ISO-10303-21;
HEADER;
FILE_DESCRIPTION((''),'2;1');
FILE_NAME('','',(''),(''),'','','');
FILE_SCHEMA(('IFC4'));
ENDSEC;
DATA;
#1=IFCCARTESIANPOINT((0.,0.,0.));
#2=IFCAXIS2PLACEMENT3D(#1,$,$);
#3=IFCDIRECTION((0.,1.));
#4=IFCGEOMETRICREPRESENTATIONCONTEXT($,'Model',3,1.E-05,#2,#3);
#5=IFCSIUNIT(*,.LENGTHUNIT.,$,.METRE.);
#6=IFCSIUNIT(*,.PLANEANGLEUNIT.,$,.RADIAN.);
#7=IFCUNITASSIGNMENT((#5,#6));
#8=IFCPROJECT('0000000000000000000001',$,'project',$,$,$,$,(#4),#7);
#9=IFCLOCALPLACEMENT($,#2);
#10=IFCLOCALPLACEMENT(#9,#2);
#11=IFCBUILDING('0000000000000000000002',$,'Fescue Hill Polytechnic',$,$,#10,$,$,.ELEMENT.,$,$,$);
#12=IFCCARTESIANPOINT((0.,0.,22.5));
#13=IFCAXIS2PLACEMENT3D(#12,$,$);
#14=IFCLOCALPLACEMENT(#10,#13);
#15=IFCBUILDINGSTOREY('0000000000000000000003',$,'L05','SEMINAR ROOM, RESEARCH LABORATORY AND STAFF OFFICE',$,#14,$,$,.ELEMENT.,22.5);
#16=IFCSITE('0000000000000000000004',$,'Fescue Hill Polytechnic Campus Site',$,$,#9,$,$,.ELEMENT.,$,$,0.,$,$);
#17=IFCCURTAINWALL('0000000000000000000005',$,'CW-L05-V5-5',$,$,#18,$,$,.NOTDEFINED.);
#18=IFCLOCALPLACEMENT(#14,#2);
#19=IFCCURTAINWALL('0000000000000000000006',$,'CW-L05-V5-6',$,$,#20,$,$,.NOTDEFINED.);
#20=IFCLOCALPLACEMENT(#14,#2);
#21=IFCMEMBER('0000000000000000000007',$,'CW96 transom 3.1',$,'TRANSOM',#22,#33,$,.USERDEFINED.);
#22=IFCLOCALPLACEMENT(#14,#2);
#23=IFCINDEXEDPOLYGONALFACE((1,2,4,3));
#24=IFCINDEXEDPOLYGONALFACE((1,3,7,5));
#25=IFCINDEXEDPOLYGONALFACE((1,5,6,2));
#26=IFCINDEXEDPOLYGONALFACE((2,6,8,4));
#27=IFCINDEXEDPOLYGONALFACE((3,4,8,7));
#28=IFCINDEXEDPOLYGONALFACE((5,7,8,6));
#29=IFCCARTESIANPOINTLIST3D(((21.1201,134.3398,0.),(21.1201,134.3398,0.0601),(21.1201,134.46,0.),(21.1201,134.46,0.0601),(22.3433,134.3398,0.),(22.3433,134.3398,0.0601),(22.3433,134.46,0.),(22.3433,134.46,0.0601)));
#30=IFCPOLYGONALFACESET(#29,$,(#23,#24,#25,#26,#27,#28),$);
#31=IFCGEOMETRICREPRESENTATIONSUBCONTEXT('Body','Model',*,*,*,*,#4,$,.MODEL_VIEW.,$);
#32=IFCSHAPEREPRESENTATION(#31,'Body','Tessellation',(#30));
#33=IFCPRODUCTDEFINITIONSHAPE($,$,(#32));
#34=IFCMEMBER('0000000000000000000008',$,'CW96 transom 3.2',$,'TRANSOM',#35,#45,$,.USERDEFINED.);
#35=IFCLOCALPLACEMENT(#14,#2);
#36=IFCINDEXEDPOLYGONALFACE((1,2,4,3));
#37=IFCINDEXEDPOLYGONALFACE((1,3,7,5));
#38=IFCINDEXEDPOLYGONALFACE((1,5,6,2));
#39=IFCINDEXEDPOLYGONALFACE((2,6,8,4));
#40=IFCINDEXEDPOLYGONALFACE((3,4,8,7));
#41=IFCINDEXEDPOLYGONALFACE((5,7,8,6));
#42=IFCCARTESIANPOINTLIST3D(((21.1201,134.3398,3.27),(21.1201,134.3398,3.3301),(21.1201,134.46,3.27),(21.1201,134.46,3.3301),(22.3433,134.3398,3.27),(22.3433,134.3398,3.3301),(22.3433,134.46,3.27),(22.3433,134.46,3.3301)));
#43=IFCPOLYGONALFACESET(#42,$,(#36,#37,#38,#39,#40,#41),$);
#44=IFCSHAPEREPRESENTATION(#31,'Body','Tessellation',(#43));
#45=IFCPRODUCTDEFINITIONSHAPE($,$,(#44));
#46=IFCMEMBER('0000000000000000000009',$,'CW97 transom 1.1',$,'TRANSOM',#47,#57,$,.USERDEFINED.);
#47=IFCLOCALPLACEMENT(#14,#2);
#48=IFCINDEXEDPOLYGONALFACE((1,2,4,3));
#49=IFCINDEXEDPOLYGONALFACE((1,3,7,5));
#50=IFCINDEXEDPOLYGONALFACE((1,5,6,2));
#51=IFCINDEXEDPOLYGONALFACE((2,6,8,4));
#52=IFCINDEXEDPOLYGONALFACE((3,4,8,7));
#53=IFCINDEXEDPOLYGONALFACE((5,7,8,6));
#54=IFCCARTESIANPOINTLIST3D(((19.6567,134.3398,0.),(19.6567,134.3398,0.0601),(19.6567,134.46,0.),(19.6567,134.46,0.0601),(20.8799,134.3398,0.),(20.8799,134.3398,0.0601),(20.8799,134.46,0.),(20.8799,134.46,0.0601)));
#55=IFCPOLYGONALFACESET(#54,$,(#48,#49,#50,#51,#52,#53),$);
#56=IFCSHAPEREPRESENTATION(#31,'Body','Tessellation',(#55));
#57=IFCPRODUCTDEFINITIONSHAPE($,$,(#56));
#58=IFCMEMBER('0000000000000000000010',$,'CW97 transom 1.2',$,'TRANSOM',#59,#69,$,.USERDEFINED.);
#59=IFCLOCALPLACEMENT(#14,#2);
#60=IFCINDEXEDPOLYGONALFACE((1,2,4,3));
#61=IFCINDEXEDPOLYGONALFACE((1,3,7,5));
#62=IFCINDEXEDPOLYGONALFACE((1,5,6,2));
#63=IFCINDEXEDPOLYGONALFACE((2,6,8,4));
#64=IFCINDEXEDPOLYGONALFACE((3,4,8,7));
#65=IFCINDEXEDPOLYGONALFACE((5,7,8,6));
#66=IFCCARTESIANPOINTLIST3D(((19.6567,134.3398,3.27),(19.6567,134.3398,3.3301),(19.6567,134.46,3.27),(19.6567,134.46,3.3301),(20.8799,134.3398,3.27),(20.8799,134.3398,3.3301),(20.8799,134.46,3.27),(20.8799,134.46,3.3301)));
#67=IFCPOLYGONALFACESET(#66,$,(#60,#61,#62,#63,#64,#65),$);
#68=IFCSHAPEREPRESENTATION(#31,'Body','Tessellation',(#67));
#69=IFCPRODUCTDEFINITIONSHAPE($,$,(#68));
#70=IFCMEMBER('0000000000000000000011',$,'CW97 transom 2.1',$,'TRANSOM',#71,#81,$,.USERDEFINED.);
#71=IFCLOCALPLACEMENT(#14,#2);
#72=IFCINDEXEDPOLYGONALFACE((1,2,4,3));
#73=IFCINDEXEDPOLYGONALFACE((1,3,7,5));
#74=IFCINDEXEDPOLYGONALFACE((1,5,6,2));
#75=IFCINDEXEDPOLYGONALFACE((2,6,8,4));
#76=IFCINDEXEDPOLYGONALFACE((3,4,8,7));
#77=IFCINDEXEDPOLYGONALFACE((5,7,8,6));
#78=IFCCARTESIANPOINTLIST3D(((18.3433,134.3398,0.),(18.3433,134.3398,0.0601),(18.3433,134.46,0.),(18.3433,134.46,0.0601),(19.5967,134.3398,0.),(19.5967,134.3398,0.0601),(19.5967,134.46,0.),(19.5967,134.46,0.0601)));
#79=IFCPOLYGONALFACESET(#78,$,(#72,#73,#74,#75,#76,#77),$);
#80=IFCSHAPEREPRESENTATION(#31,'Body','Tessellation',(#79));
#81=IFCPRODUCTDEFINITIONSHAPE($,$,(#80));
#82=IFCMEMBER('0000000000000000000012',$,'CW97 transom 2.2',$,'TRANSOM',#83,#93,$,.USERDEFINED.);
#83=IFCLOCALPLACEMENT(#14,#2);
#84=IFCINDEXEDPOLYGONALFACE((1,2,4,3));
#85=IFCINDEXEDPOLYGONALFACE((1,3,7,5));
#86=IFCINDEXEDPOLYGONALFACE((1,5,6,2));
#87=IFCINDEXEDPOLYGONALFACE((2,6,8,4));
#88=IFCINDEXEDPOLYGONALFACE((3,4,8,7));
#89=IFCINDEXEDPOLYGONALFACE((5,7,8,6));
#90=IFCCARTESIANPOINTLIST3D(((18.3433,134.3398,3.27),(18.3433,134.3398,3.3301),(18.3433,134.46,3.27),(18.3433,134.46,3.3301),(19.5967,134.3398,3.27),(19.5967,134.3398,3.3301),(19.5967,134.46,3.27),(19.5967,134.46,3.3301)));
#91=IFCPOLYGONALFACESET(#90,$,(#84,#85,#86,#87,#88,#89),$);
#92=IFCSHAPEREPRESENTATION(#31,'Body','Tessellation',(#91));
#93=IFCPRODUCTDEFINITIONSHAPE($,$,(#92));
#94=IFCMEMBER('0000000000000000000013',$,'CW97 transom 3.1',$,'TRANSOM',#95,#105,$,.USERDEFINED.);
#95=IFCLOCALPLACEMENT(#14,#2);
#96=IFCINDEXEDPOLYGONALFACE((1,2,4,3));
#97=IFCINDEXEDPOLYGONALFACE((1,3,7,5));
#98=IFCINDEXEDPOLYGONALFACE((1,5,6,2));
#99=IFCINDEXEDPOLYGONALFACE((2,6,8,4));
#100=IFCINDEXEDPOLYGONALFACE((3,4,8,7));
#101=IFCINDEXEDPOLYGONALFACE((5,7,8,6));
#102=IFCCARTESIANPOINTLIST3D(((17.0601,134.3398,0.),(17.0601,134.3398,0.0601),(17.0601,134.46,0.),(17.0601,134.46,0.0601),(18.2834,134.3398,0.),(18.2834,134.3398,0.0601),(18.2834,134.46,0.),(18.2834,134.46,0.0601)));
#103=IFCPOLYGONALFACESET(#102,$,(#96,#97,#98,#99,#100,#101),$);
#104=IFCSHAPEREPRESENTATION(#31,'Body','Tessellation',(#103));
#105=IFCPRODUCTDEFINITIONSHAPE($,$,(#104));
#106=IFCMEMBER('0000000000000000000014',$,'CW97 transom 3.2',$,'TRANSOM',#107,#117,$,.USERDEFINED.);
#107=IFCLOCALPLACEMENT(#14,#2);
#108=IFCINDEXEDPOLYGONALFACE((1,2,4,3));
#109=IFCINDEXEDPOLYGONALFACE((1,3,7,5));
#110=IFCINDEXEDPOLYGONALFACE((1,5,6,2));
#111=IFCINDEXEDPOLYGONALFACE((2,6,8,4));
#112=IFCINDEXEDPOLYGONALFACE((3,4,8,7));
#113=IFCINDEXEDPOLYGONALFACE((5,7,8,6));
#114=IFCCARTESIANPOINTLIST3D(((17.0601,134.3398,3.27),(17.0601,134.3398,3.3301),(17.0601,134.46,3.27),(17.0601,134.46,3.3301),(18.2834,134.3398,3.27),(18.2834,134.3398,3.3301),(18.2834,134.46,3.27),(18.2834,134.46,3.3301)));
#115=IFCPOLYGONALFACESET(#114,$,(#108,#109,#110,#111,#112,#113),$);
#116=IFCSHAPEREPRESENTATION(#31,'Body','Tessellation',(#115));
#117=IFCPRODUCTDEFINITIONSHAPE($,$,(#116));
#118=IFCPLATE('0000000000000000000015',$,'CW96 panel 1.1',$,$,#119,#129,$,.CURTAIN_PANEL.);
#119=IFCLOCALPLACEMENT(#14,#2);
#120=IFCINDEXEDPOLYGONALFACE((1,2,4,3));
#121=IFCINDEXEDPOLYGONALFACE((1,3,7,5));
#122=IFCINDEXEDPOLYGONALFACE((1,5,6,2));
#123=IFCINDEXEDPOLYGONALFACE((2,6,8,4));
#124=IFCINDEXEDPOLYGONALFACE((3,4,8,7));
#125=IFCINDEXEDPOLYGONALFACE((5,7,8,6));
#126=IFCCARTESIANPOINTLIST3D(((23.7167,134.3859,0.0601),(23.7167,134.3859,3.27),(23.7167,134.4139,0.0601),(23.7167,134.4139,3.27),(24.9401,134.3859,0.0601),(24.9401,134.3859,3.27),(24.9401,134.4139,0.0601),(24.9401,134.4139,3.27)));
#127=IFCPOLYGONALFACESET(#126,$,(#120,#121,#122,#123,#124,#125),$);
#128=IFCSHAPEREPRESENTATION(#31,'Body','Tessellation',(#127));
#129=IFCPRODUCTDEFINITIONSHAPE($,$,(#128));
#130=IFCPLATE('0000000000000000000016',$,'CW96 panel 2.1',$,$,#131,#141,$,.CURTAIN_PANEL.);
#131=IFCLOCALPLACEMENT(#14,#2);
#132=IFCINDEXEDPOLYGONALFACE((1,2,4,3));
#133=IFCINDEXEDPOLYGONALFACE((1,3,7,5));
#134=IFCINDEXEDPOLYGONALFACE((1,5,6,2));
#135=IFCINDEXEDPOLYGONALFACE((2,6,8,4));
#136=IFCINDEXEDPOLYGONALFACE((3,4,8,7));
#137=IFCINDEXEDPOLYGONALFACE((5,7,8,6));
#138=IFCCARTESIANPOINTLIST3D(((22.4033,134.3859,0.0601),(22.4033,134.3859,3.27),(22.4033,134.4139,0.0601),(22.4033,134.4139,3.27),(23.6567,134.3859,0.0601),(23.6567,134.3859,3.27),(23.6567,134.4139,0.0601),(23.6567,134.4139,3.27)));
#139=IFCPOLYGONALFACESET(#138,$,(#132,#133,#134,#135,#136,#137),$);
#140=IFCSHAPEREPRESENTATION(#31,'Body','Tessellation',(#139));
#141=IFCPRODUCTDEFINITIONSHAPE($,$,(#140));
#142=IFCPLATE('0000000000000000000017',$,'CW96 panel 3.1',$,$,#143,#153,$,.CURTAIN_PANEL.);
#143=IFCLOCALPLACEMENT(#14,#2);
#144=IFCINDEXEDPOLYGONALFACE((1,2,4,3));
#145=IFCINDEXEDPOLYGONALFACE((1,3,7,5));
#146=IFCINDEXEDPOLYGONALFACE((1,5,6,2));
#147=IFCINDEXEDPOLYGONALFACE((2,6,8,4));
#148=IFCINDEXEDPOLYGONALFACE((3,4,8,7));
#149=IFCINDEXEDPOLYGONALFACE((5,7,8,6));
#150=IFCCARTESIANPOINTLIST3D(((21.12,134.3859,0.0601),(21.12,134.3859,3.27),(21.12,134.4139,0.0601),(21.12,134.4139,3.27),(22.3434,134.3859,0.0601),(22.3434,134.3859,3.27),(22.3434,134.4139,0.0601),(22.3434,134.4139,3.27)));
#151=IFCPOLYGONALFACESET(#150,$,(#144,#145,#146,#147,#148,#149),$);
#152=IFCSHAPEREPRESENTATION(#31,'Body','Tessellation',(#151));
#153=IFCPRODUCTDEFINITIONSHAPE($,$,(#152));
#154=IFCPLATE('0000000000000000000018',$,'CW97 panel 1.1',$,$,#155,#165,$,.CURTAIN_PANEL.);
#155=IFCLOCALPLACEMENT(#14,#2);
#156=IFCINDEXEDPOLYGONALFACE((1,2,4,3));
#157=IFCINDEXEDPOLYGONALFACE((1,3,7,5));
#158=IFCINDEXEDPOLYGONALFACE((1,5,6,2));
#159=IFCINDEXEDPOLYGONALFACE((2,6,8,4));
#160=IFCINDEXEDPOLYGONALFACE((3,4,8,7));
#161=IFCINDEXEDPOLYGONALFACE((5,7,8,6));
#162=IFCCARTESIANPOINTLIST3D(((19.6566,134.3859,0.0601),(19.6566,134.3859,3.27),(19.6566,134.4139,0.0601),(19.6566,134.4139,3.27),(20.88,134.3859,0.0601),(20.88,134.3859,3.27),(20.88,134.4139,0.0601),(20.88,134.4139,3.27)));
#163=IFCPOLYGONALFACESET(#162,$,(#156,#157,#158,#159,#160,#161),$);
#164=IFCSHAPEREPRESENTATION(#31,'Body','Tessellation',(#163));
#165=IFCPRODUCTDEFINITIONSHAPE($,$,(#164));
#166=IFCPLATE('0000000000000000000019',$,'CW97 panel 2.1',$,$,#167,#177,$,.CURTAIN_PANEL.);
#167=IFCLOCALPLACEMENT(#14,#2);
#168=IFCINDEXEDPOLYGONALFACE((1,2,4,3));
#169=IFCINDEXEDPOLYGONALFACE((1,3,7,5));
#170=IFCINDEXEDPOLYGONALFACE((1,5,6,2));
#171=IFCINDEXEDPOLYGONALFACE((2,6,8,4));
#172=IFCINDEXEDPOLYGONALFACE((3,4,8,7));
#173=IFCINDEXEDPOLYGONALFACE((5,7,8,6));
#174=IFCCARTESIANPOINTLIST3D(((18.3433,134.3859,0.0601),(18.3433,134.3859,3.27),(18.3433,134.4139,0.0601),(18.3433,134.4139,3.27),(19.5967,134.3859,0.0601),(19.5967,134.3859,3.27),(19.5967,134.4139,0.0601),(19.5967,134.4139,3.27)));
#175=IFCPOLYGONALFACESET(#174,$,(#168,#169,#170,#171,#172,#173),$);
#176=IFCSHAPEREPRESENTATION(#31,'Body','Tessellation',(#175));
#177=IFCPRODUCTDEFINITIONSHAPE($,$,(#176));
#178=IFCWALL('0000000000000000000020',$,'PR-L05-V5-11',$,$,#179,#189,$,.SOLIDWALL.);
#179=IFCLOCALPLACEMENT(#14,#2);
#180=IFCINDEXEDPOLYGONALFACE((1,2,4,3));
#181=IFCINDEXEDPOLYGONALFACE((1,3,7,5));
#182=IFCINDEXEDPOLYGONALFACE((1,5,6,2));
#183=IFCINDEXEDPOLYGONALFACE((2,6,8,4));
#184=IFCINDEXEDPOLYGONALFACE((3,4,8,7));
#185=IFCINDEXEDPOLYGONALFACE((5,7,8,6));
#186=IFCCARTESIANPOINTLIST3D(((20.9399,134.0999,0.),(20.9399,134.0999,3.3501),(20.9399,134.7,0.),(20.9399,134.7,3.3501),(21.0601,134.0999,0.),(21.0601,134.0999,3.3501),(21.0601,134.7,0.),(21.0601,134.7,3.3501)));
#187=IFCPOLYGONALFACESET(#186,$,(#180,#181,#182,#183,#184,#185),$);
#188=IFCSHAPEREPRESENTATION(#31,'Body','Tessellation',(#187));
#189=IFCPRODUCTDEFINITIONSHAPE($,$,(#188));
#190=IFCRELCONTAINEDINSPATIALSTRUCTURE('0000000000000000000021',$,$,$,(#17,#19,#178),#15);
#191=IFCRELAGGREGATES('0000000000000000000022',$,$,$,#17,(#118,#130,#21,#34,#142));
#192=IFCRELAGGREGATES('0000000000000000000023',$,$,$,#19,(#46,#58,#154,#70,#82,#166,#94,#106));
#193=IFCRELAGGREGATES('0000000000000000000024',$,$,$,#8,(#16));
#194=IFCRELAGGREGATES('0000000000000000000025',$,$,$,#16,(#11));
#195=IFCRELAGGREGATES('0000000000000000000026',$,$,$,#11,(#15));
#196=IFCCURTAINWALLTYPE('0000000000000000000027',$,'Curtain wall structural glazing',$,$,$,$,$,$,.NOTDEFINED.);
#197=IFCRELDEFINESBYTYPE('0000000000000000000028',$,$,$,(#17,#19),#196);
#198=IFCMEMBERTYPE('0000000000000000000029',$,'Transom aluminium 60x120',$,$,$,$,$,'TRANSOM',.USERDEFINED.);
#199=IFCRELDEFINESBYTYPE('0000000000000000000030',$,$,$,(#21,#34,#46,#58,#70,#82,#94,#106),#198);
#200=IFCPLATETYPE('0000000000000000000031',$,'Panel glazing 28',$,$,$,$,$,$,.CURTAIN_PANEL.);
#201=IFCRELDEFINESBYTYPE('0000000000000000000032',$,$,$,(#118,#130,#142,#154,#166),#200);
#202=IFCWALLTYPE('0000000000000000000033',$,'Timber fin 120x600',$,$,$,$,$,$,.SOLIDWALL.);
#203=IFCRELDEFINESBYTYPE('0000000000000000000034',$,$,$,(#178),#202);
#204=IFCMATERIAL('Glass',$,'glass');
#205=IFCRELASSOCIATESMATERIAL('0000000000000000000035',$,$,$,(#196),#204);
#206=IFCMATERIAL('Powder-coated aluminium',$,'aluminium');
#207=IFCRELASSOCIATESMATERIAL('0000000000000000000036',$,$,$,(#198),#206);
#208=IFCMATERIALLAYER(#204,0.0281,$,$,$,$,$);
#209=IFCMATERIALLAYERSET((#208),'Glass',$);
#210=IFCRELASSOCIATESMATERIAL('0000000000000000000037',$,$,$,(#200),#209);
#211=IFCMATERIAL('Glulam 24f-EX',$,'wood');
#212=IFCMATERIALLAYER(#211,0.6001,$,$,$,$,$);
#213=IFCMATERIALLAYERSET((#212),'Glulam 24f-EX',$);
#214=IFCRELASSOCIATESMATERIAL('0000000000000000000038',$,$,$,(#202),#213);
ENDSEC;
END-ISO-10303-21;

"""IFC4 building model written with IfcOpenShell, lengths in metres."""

from ifc_helpers import new_model, si_unit, direction, frame, frame_2d, origin, origin_2d, place, context, subcontext, project, spatial, rectangle, extrude, material, layer, layer_set, material_profile, profile_set, type_object, element, aggregate, save


model = new_model("IFC4")

# Units and contexts
model_context = context("Model", 3, precision=1e-05, world=origin(), true_north=direction((0.0, 1.0)))
body_context = subcontext(model_context, "Body", "Model", "MODEL_VIEW")
ifc_project = project(units=[si_unit("LENGTHUNIT", "METRE"), si_unit("PLANEANGLEUNIT", "RADIAN")], contexts=[model_context])

# Site, building, storey
site_placement = place(None, origin())
site = spatial("IfcSite", under=ifc_project, at=site_placement, Name="Fescue Hill Polytechnic Campus Site", CompositionType="ELEMENT", RefElevation=0.0)
building_placement = place(site_placement, origin())
building = spatial("IfcBuilding", under=site, at=building_placement, Name="Fescue Hill Polytechnic", CompositionType="ELEMENT")
storey_placement = place(building_placement, frame((0.0, 0.0, 22.5)))
storey = spatial("IfcBuildingStorey", under=building, at=storey_placement, Name="L05", Description="SEMINAR ROOM, RESEARCH LABORATORY AND STAFF OFFICE", CompositionType="ELEMENT", Elevation=22.5)

# Curtain walls
ifc_material_1 = material(Name="Glass", Category="glass")
curtain_wall_type = type_object("IfcCurtainWallType", Name="Curtain wall structural glazing", PredefinedType="NOTDEFINED", material=ifc_material_1)
curtain_wall_1_placement = place(storey_placement, origin())
curtain_wall_1 = element("IfcCurtainWall", 1, at=curtain_wall_1_placement, inside=storey, type_object=curtain_wall_type, Name="CW-L05-V5-5", PredefinedType="NOTDEFINED")
ifc_material_2 = material(Name="Powder-coated aluminium", Category="aluminium")
curtain_wall_2_placement = place(storey_placement, origin())
curtain_wall_2 = element("IfcCurtainWall", 2, at=curtain_wall_2_placement, inside=storey, type_object=curtain_wall_type, Name="CW-L05-V5-6", PredefinedType="NOTDEFINED")

# Members
ifc_material_profile_1 = material_profile(ifc_material_2, rectangle(XDim=0.1201, YDim=0.0601, at=origin_2d()), Name="Transom aluminium 60x120")
ifc_profile_set_1 = profile_set([ifc_material_profile_1], Name="Powder-coated aluminium")
member_type_1 = type_object("IfcMemberType", Name="Transom aluminium 60x120", ElementType="TRANSOM", PredefinedType="USERDEFINED", material=ifc_profile_set_1)
member_1_placement = place(storey_placement, frame((22.3433, 134.3999, 0.03), z_axis=(-1.0, 0.0, 0.0), x_axis=(0.0, -1.0, 0.0)))
member_1 = element("IfcMember", 3, at=member_1_placement, type_object=member_type_1, Name="CW96 transom 3.1", ObjectType="TRANSOM", PredefinedType="USERDEFINED", context=body_context, shape_type="SweptSolid", body=[
    extrude(rectangle(XDim=0.1201, YDim=0.0601, at=origin_2d()), origin(), (0.0, 0.0, 1.0), 1.2231),
])
member_2_placement = place(storey_placement, frame((22.3433, 134.3999, 3.3), z_axis=(-1.0, 0.0, 0.0), x_axis=(0.0, -1.0, 0.0)))
member_2 = element("IfcMember", 4, at=member_2_placement, type_object=member_type_1, Name="CW96 transom 3.2", ObjectType="TRANSOM", PredefinedType="USERDEFINED", context=body_context, shape_type="SweptSolid", body=[
    extrude(rectangle(XDim=0.1201, YDim=0.0601, at=origin_2d()), origin(), (0.0, 0.0, 1.0), 1.2231),
])
member_3_placement = place(storey_placement, frame((20.8799, 134.3999, 0.03), z_axis=(-1.0, 0.0, 0.0), x_axis=(0.0, -1.0, 0.0)))
member_3 = element("IfcMember", 5, at=member_3_placement, type_object=member_type_1, Name="CW97 transom 1.1", ObjectType="TRANSOM", PredefinedType="USERDEFINED", context=body_context, shape_type="SweptSolid", body=[
    extrude(rectangle(XDim=0.1201, YDim=0.0601, at=origin_2d()), origin(), (0.0, 0.0, 1.0), 1.2231),
])
member_4_placement = place(storey_placement, frame((20.8799, 134.3999, 3.3), z_axis=(-1.0, 0.0, 0.0), x_axis=(0.0, -1.0, 0.0)))
member_4 = element("IfcMember", 6, at=member_4_placement, type_object=member_type_1, Name="CW97 transom 1.2", ObjectType="TRANSOM", PredefinedType="USERDEFINED", context=body_context, shape_type="SweptSolid", body=[
    extrude(rectangle(XDim=0.1201, YDim=0.0601, at=origin_2d()), origin(), (0.0, 0.0, 1.0), 1.2231),
])
member_5_placement = place(storey_placement, frame((19.5967, 134.3999, 0.03), z_axis=(-1.0, 0.0, 0.0), x_axis=(0.0, -1.0, 0.0)))
member_5 = element("IfcMember", 7, at=member_5_placement, type_object=member_type_1, Name="CW97 transom 2.1", ObjectType="TRANSOM", PredefinedType="USERDEFINED", context=body_context, shape_type="SweptSolid", body=[
    extrude(rectangle(XDim=0.1201, YDim=0.0601, at=origin_2d()), origin(), (0.0, 0.0, 1.0), 1.2534),
])
member_6_placement = place(storey_placement, frame((19.5967, 134.3999, 3.3), z_axis=(-1.0, 0.0, 0.0), x_axis=(0.0, -1.0, 0.0)))
member_6 = element("IfcMember", 8, at=member_6_placement, type_object=member_type_1, Name="CW97 transom 2.2", ObjectType="TRANSOM", PredefinedType="USERDEFINED", context=body_context, shape_type="SweptSolid", body=[
    extrude(rectangle(XDim=0.1201, YDim=0.0601, at=origin_2d()), origin(), (0.0, 0.0, 1.0), 1.2534),
])
member_7_placement = place(storey_placement, frame((18.2834, 134.3999, 0.03), z_axis=(-1.0, 0.0, 0.0), x_axis=(0.0, -1.0, 0.0)))
member_7 = element("IfcMember", 9, at=member_7_placement, type_object=member_type_1, Name="CW97 transom 3.1", ObjectType="TRANSOM", PredefinedType="USERDEFINED", context=body_context, shape_type="SweptSolid", body=[
    extrude(rectangle(XDim=0.1201, YDim=0.0601, at=origin_2d()), origin(), (0.0, 0.0, 1.0), 1.2234),
])
member_8_placement = place(storey_placement, frame((18.2834, 134.3999, 3.3), z_axis=(-1.0, 0.0, 0.0), x_axis=(0.0, -1.0, 0.0)))
member_8 = element("IfcMember", 10, at=member_8_placement, type_object=member_type_1, Name="CW97 transom 3.2", ObjectType="TRANSOM", PredefinedType="USERDEFINED", context=body_context, shape_type="SweptSolid", body=[
    extrude(rectangle(XDim=0.1201, YDim=0.0601, at=origin_2d()), origin(), (0.0, 0.0, 1.0), 1.2234),
])

# Plates
ifc_layer_1 = layer(ifc_material_1, 0.0281)
ifc_layer_set_1 = layer_set([ifc_layer_1], Name="Glass")
plate_type = type_object("IfcPlateType", Name="Panel glazing 28", PredefinedType="CURTAIN_PANEL", material=ifc_layer_set_1)
plate_1_placement = place(storey_placement, frame((24.3284, 134.3999, 0.0601), z_axis=(0.0, 0.0, 1.0), x_axis=(-1.0, 0.0, 0.0)))
plate_1 = element("IfcPlate", 11, at=plate_1_placement, type_object=plate_type, Name="CW96 panel 1.1", PredefinedType="CURTAIN_PANEL", context=body_context, shape_type="SweptSolid", body=[
    extrude(rectangle(XDim=1.2234, YDim=0.0281, at=origin_2d()), origin(), (0.0, 0.0, 1.0), 3.21),
])
plate_2_placement = place(storey_placement, frame((23.03, 134.3999, 0.0601), z_axis=(0.0, 0.0, 1.0), x_axis=(-1.0, 0.0, 0.0)))
plate_2 = element("IfcPlate", 12, at=plate_2_placement, type_object=plate_type, Name="CW96 panel 2.1", PredefinedType="CURTAIN_PANEL", context=body_context, shape_type="SweptSolid", body=[
    extrude(rectangle(XDim=1.2534, YDim=0.0281, at=origin_2d()), origin(), (0.0, 0.0, 1.0), 3.21),
])
plate_3_placement = place(storey_placement, frame((21.7317, 134.3999, 0.0601), z_axis=(0.0, 0.0, 1.0), x_axis=(-1.0, 0.0, 0.0)))
plate_3 = element("IfcPlate", 13, at=plate_3_placement, type_object=plate_type, Name="CW96 panel 3.1", PredefinedType="CURTAIN_PANEL", context=body_context, shape_type="SweptSolid", body=[
    extrude(rectangle(XDim=1.2234, YDim=0.0281, at=origin_2d()), origin(), (0.0, 0.0, 1.0), 3.21),
])
aggregate(curtain_wall_1, [plate_1, plate_2, member_1, member_2, plate_3])
plate_4_placement = place(storey_placement, frame((20.2683, 134.3999, 0.0601), z_axis=(0.0, 0.0, 1.0), x_axis=(-1.0, 0.0, 0.0)))
plate_4 = element("IfcPlate", 14, at=plate_4_placement, type_object=plate_type, Name="CW97 panel 1.1", PredefinedType="CURTAIN_PANEL", context=body_context, shape_type="SweptSolid", body=[
    extrude(rectangle(XDim=1.2234, YDim=0.0281, at=origin_2d()), origin(), (0.0, 0.0, 1.0), 3.21),
])
plate_5_placement = place(storey_placement, frame((18.97, 134.3999, 0.0601), z_axis=(0.0, 0.0, 1.0), x_axis=(-1.0, 0.0, 0.0)))
plate_5 = element("IfcPlate", 15, at=plate_5_placement, type_object=plate_type, Name="CW97 panel 2.1", PredefinedType="CURTAIN_PANEL", context=body_context, shape_type="SweptSolid", body=[
    extrude(rectangle(XDim=1.2534, YDim=0.0281, at=origin_2d()), origin(), (0.0, 0.0, 1.0), 3.21),
])
aggregate(curtain_wall_2, [member_3, member_4, plate_4, member_5, member_6, plate_5, member_7, member_8])

# Wall
ifc_material_3 = material(Name="Glulam 24f-EX", Category="wood")
ifc_layer_2 = layer(ifc_material_3, 0.6001)
ifc_layer_set_2 = layer_set([ifc_layer_2], Name="Glulam 24f-EX")
wall_type = type_object("IfcWallType", Name="Timber fin 120x600", PredefinedType="SOLIDWALL", material=ifc_layer_set_2)
wall_placement = place(storey_placement, frame((21.0601, 134.3999, 0.0), z_axis=(0.0, 0.0, 1.0), x_axis=(-1.0, 0.0, 0.0)))
element("IfcWall", 16, at=wall_placement, inside=storey, type_object=wall_type, Name="PR-L05-V5-11", PredefinedType="SOLIDWALL", context=body_context, shape_type="SweptSolid", body=[
    extrude(rectangle(XDim=0.1201, YDim=0.6001, at=frame_2d((0.0601, 0.0))), origin(), (0.0, 0.0, 1.0), 3.3501),
])

save(model, "model.ifc")
